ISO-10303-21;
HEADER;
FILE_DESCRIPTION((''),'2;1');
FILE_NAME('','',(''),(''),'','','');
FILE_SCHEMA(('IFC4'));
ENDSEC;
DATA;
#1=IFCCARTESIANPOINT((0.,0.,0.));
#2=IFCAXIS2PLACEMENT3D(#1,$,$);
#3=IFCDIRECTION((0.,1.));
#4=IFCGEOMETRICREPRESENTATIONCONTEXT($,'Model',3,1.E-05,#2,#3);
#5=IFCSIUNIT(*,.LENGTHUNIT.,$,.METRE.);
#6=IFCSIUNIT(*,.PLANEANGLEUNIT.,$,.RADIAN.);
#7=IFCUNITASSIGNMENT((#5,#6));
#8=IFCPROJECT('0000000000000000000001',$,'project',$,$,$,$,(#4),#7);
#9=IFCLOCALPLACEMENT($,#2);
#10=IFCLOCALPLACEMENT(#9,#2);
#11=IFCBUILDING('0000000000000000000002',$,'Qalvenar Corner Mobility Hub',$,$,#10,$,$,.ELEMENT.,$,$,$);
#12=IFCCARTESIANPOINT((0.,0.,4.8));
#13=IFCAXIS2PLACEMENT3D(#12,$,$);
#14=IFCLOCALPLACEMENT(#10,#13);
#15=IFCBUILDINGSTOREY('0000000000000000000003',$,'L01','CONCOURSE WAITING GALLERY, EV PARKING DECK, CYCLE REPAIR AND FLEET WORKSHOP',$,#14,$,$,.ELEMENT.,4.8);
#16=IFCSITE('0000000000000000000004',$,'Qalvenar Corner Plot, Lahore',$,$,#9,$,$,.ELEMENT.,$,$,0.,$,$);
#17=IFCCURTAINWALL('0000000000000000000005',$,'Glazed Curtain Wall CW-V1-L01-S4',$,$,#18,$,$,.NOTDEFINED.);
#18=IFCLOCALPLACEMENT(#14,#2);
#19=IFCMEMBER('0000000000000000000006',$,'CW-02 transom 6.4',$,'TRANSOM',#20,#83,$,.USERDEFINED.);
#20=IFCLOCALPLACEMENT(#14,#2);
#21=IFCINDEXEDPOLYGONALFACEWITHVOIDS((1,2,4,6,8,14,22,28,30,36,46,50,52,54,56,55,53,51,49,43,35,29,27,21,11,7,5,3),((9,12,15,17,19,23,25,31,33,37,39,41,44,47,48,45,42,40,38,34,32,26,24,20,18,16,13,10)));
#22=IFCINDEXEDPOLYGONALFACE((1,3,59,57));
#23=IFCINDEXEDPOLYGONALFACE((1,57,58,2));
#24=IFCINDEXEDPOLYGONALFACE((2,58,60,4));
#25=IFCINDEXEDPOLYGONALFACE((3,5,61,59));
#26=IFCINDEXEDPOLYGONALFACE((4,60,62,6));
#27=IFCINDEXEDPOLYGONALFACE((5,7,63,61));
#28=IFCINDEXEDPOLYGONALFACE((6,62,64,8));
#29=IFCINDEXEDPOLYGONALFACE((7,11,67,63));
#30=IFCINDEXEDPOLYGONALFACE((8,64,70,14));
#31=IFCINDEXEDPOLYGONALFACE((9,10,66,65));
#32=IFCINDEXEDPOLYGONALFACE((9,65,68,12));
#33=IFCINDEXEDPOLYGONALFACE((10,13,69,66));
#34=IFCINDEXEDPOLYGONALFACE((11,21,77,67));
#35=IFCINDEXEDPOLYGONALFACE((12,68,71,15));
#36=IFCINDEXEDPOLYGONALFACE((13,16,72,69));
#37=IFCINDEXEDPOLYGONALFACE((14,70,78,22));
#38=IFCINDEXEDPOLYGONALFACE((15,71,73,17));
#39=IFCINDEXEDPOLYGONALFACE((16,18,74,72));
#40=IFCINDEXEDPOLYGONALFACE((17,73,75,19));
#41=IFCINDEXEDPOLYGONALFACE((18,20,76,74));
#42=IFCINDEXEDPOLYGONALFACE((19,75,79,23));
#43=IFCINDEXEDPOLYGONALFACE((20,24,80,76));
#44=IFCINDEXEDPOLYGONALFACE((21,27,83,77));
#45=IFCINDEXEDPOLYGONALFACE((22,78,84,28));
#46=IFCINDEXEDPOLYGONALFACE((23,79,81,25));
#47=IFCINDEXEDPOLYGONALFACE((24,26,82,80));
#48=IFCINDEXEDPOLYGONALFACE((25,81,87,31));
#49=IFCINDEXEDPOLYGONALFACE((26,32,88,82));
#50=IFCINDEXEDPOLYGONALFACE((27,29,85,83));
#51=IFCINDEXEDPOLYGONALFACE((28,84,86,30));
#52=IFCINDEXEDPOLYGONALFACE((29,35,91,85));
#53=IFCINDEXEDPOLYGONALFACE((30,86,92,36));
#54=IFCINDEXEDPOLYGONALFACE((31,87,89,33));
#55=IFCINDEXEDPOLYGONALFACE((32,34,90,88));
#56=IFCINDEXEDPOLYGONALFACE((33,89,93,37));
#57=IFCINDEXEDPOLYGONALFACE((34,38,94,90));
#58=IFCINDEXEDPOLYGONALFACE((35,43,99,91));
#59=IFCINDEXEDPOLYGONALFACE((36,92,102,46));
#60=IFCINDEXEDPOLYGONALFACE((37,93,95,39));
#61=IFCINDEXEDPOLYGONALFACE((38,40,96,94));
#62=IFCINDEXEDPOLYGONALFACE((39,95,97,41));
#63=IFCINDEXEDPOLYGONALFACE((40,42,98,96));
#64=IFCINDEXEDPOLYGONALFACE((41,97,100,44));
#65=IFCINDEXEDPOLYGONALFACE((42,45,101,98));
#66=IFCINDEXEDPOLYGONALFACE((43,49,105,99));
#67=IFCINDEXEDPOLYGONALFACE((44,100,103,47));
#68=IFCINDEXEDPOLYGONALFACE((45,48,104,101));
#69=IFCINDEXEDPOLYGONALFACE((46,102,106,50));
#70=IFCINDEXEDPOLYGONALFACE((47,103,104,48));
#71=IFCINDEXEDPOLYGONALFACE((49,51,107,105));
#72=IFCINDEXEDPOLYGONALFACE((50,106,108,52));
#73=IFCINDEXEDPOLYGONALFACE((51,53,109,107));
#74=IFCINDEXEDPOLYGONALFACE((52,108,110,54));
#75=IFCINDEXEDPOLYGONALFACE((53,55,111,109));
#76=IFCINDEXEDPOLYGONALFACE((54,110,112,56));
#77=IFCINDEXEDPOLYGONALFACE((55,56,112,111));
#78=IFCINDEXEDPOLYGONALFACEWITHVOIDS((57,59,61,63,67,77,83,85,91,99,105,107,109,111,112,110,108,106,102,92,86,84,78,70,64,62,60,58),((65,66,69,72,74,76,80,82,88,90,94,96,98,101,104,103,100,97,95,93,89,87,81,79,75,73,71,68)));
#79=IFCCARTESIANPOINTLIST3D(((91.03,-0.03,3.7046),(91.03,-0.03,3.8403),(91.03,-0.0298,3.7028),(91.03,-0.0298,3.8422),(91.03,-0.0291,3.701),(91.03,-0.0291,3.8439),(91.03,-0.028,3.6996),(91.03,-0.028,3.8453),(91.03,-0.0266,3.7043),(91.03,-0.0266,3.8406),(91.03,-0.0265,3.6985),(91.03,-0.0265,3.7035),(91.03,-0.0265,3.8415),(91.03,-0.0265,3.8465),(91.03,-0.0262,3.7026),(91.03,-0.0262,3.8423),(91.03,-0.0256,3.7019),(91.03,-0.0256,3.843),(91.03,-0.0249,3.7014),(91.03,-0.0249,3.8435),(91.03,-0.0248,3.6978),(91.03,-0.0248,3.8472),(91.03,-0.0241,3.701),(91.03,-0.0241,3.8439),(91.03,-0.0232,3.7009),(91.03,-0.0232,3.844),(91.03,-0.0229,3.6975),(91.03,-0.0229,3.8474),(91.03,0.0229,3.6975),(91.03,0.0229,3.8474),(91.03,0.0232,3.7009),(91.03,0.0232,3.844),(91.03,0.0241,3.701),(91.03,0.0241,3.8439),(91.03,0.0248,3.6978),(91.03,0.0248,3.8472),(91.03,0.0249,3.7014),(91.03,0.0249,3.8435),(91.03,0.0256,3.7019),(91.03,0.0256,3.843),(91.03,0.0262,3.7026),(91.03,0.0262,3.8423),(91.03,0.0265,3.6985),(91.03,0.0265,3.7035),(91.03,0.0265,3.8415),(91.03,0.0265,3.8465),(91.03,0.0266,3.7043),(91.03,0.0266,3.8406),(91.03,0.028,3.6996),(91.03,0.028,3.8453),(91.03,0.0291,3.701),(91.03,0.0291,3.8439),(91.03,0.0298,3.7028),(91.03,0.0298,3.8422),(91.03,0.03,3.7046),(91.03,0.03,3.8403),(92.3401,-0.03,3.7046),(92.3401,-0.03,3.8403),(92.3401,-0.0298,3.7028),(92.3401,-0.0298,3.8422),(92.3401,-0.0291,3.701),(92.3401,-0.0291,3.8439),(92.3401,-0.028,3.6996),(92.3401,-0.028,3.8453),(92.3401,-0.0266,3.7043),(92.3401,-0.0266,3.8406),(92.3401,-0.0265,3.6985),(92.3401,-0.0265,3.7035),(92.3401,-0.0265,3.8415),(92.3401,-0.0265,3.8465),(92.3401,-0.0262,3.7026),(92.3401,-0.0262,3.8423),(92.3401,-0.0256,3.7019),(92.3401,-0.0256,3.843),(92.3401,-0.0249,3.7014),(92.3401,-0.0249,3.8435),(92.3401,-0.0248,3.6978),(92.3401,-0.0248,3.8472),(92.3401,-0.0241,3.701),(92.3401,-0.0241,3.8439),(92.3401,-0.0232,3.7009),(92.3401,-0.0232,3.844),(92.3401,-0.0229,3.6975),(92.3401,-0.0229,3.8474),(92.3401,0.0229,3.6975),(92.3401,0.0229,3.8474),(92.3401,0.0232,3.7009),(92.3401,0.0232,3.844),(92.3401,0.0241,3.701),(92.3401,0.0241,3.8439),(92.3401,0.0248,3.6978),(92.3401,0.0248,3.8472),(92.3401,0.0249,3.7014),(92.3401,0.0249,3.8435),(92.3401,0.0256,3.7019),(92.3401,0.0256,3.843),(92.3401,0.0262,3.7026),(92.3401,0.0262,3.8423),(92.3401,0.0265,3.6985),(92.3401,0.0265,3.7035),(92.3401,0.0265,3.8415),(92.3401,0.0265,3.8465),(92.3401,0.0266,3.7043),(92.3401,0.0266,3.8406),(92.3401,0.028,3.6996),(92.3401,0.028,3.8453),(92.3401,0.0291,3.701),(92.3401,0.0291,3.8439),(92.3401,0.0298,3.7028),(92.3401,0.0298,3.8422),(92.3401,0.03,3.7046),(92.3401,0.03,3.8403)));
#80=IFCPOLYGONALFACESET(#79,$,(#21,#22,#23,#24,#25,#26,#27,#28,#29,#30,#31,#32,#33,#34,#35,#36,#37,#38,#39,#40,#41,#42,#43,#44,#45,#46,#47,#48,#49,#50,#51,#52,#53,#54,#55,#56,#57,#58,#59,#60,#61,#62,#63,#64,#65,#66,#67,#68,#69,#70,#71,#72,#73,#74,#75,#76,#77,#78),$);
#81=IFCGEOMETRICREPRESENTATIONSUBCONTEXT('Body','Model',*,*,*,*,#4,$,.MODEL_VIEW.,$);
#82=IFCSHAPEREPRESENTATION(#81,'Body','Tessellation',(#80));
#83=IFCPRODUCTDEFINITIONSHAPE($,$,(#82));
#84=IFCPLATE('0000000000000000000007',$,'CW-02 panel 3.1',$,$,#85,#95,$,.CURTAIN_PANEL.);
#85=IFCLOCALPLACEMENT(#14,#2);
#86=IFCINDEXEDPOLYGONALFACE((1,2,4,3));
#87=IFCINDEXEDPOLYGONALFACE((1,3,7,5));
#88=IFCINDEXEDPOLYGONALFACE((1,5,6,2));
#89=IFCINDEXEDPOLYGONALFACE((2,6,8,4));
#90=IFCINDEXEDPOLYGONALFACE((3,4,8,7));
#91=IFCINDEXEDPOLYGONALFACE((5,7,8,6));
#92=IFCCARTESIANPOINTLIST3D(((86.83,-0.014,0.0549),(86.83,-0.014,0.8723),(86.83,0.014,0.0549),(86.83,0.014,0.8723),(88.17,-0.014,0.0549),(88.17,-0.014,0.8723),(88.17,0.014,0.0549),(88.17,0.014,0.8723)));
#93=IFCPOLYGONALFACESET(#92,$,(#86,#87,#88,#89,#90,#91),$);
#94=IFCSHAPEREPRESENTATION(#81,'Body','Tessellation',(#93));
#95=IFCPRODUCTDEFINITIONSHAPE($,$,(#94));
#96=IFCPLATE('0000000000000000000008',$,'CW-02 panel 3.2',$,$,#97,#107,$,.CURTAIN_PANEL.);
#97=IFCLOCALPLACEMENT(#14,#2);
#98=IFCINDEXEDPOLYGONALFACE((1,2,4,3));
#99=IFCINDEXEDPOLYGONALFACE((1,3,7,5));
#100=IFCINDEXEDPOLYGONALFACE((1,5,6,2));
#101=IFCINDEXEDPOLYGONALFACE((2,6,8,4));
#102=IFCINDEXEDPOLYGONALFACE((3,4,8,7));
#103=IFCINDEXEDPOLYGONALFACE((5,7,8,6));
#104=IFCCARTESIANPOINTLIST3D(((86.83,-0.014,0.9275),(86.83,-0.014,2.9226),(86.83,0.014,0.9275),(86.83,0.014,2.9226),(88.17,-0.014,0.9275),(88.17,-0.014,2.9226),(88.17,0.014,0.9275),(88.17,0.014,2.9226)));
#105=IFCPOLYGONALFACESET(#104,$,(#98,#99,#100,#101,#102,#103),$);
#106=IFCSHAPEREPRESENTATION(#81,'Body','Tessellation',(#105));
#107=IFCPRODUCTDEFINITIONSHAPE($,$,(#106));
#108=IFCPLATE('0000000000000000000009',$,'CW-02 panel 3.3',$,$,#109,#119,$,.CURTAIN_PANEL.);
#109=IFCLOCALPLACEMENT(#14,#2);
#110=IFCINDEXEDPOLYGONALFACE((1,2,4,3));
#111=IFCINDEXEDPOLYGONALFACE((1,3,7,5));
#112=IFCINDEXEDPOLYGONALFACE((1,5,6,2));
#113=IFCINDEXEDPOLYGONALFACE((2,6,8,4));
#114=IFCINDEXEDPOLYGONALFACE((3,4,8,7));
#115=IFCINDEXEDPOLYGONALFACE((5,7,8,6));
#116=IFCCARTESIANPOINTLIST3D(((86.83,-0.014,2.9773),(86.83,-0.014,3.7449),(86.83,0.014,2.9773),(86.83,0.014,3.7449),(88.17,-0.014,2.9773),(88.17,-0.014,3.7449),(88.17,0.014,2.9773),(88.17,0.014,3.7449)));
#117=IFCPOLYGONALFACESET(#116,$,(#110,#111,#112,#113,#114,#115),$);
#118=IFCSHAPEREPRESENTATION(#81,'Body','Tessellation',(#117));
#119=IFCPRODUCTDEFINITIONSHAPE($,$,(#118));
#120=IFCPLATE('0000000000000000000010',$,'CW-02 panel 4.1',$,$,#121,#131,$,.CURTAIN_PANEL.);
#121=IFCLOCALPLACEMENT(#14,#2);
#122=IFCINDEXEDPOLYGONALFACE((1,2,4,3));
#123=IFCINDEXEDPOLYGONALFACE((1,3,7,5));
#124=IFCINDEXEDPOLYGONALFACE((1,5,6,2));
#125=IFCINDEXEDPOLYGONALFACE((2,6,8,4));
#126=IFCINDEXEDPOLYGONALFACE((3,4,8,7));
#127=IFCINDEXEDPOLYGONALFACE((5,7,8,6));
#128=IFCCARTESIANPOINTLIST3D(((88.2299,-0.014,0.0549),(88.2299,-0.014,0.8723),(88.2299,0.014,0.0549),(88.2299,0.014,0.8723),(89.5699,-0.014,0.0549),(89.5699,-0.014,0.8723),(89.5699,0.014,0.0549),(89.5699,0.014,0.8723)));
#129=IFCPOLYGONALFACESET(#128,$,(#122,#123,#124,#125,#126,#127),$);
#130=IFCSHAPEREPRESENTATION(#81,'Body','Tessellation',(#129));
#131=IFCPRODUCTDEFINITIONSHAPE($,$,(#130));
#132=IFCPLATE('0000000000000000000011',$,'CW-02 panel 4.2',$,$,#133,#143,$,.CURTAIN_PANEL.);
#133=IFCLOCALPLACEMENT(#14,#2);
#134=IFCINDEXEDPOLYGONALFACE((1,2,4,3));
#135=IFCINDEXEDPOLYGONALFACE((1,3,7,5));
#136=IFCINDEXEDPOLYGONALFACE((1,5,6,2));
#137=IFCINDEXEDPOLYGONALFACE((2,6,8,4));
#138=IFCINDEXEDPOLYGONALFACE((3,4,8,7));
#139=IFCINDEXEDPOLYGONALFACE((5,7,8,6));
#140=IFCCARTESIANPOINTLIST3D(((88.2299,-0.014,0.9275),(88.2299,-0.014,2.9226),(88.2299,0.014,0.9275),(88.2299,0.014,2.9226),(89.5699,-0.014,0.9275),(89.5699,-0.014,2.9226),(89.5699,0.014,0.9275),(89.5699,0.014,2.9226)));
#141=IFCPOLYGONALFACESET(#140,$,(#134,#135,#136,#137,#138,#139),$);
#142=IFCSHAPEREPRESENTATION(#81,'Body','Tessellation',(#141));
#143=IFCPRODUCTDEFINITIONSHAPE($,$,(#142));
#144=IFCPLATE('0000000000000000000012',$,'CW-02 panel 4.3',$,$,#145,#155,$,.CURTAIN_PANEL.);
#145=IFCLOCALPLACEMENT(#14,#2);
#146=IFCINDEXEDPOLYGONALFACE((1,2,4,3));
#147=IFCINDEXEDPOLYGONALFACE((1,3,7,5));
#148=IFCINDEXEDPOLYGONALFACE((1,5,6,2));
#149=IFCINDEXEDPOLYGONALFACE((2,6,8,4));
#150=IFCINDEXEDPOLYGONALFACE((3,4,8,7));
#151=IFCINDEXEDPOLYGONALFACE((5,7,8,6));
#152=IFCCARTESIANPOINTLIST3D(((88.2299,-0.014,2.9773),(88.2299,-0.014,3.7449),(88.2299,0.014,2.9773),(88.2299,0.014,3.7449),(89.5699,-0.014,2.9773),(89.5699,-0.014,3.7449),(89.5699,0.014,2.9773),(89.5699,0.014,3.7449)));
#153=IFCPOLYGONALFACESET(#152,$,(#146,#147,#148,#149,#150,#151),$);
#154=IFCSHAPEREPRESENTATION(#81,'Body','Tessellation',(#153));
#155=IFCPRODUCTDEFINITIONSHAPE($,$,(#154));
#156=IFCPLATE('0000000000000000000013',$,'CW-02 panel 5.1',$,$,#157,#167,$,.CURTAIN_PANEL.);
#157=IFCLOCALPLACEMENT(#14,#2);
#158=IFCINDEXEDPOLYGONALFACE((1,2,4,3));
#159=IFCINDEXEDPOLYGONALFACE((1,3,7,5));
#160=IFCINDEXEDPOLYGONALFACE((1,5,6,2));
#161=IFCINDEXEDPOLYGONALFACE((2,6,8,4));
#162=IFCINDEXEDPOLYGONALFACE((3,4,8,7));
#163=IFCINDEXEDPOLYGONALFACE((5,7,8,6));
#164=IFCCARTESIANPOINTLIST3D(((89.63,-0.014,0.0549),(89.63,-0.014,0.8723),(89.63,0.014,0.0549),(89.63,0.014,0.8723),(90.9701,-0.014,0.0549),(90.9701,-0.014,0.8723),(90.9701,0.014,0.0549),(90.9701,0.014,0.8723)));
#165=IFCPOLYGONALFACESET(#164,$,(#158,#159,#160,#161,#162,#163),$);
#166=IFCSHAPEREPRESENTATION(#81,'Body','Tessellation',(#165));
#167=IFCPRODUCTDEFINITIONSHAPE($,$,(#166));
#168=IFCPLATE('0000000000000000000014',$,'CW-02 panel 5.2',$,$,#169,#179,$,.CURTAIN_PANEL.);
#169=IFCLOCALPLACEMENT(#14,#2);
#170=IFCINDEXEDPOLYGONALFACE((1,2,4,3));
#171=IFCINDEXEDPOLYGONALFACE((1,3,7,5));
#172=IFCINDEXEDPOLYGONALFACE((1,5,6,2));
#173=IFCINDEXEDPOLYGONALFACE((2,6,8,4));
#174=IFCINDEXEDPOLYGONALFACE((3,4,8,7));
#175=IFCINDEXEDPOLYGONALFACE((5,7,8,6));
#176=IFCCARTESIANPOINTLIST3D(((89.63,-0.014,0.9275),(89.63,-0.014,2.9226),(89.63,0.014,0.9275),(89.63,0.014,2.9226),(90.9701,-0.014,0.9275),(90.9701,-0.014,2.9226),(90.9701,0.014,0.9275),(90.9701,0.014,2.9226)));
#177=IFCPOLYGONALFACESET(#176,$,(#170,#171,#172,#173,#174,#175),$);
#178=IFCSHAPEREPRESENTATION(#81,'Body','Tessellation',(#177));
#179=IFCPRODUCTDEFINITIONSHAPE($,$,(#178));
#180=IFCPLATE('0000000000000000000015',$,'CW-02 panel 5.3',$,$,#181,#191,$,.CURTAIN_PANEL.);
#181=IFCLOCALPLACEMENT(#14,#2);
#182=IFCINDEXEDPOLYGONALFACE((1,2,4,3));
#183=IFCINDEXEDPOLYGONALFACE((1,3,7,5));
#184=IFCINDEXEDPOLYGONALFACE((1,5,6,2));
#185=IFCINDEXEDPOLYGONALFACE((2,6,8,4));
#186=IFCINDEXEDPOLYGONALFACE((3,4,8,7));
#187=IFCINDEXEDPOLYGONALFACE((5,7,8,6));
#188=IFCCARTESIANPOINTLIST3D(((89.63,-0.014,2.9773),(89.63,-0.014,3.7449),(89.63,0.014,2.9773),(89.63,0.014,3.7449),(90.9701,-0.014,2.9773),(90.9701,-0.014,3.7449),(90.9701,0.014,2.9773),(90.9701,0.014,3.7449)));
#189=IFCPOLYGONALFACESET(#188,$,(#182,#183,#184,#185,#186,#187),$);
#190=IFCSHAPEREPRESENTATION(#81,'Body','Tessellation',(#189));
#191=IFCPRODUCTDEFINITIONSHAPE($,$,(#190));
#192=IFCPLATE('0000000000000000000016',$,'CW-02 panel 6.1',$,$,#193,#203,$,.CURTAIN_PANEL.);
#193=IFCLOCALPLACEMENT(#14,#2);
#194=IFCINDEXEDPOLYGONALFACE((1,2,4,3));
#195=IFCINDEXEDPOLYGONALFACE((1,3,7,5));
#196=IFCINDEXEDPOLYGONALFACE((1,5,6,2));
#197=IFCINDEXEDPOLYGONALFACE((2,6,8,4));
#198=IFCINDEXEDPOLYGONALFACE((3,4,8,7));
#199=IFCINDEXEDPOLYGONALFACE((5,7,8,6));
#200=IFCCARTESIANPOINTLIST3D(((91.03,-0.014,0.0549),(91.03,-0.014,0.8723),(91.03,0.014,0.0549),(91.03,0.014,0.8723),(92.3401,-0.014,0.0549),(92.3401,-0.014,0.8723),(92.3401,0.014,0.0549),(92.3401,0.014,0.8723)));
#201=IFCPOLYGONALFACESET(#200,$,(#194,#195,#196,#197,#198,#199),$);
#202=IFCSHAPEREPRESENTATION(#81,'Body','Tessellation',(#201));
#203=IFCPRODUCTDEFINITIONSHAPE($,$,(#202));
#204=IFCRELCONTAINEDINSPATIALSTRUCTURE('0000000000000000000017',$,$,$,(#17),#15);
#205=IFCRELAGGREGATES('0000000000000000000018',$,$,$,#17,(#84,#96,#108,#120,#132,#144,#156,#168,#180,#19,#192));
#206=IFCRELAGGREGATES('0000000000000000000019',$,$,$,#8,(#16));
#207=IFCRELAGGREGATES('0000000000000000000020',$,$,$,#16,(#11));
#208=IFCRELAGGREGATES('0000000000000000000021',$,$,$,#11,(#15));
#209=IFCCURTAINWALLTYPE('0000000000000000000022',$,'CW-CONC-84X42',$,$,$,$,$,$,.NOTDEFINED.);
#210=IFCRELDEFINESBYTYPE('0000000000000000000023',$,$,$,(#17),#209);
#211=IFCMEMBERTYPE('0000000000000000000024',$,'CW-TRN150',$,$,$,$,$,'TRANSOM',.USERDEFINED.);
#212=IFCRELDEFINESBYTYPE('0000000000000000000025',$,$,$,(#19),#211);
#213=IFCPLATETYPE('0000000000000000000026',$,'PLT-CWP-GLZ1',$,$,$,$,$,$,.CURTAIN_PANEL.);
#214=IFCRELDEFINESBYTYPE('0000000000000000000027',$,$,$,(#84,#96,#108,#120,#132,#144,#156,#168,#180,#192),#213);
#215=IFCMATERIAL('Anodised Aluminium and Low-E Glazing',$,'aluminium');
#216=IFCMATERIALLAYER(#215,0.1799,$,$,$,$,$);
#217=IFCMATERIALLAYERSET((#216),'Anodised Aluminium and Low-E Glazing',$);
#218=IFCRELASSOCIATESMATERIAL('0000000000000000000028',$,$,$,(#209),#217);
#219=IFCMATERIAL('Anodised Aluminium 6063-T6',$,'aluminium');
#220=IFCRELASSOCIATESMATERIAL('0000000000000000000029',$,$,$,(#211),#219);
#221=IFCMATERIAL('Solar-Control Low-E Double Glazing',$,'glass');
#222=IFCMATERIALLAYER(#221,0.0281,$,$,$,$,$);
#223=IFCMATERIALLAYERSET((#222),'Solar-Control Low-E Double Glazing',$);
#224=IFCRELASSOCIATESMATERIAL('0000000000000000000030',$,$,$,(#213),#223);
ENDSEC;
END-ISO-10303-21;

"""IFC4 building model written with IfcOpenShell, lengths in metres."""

from ifc_helpers import new_model, si_unit, direction, frame, origin, origin_2d, place, context, subcontext, project, spatial, rectangle, hollow_rectangle, extrude, material, layer, layer_set, material_profile, profile_set, type_object, element, aggregate, save


model = new_model("IFC4")

# Units and contexts
model_context = context("Model", 3, precision=1e-05, world=origin(), true_north=direction((0.0, 1.0)))
body_context = subcontext(model_context, "Body", "Model", "MODEL_VIEW")
ifc_project = project(units=[si_unit("LENGTHUNIT", "METRE"), si_unit("PLANEANGLEUNIT", "RADIAN")], contexts=[model_context])

# Site, building, storey
site_placement = place(None, origin())
site = spatial("IfcSite", under=ifc_project, at=site_placement, Name="Qalvenar Corner Plot, Lahore", CompositionType="ELEMENT", RefElevation=0.0)
building_placement = place(site_placement, origin())
building = spatial("IfcBuilding", under=site, at=building_placement, Name="Qalvenar Corner Mobility Hub", CompositionType="ELEMENT")
storey_placement = place(building_placement, frame((0.0, 0.0, 4.8)))
storey = spatial("IfcBuildingStorey", under=building, at=storey_placement, Name="L01", Description="CONCOURSE WAITING GALLERY, EV PARKING DECK, CYCLE REPAIR AND FLEET WORKSHOP", CompositionType="ELEMENT", Elevation=4.8)

# Curtain wall, member, plates
ifc_material_1 = material(Name="Anodised Aluminium and Low-E Glazing", Category="aluminium")
ifc_layer_1 = layer(ifc_material_1, 0.1799)
ifc_layer_set_1 = layer_set([ifc_layer_1], Name="Anodised Aluminium and Low-E Glazing")
curtain_wall_type = type_object("IfcCurtainWallType", Name="CW-CONC-84X42", PredefinedType="NOTDEFINED", material=ifc_layer_set_1)
curtain_wall_placement = place(storey_placement, origin())
curtain_wall = element("IfcCurtainWall", 1, at=curtain_wall_placement, inside=storey, type_object=curtain_wall_type, Name="Glazed Curtain Wall CW-V1-L01-S4", PredefinedType="NOTDEFINED")
ifc_material_2 = material(Name="Anodised Aluminium 6063-T6", Category="aluminium")
ifc_material_profile_1 = material_profile(ifc_material_2, hollow_rectangle(XDim=0.0601, YDim=0.1499, WallThickness=0.0034, InnerFilletRadius=0.0034, OuterFilletRadius=0.0071, at=origin_2d()), Name="RHS150x60x3.5")
ifc_profile_set_1 = profile_set([ifc_material_profile_1], Name="Anodised Aluminium 6063-T6")
member_type_1 = type_object("IfcMemberType", Name="CW-TRN150", ElementType="TRANSOM", PredefinedType="USERDEFINED", material=ifc_profile_set_1)
member_1_placement = place(storey_placement, frame((91.03, 0.0, 3.7725), z_axis=(1.0, 0.0, 0.0), x_axis=(0.0, 1.0, 0.0)))
member_1 = element("IfcMember", 2, at=member_1_placement, type_object=member_type_1, Name="CW-02 transom 6.4", ObjectType="TRANSOM", PredefinedType="USERDEFINED", context=body_context, shape_type="SweptSolid", body=[
    extrude(hollow_rectangle(XDim=0.0601, YDim=0.1499, WallThickness=0.0034, InnerFilletRadius=0.0034, OuterFilletRadius=0.0071, at=origin_2d()), origin(), (0.0, 0.0, 1.0), 1.3101),
])
ifc_material_3 = material(Name="Solar-Control Low-E Double Glazing", Category="glass")
ifc_layer_2 = layer(ifc_material_3, 0.0281)
ifc_layer_set_2 = layer_set([ifc_layer_2], Name="Solar-Control Low-E Double Glazing")
plate_type = type_object("IfcPlateType", Name="PLT-CWP-GLZ1", PredefinedType="CURTAIN_PANEL", material=ifc_layer_set_2)
plate_1_placement = place(storey_placement, frame((87.5, 0.0, 0.0549), z_axis=(0.0, 0.0, 1.0), x_axis=(1.0, 0.0, 0.0)))
plate_1 = element("IfcPlate", 3, at=plate_1_placement, type_object=plate_type, Name="CW-02 panel 3.1", PredefinedType="CURTAIN_PANEL", context=body_context, shape_type="SweptSolid", body=[
    extrude(rectangle(XDim=1.3401, YDim=0.0281, at=origin_2d()), origin(), (0.0, 0.0, 1.0), 0.8174),
])
plate_2_placement = place(storey_placement, frame((87.5, 0.0, 0.9275), z_axis=(0.0, 0.0, 1.0), x_axis=(1.0, 0.0, 0.0)))
plate_2 = element("IfcPlate", 4, at=plate_2_placement, type_object=plate_type, Name="CW-02 panel 3.2", PredefinedType="CURTAIN_PANEL", context=body_context, shape_type="SweptSolid", body=[
    extrude(rectangle(XDim=1.3401, YDim=0.0281, at=origin_2d()), origin(), (0.0, 0.0, 1.0), 1.9951),
])
plate_3_placement = place(storey_placement, frame((87.5, 0.0, 2.9773), z_axis=(0.0, 0.0, 1.0), x_axis=(1.0, 0.0, 0.0)))
plate_3 = element("IfcPlate", 5, at=plate_3_placement, type_object=plate_type, Name="CW-02 panel 3.3", PredefinedType="CURTAIN_PANEL", context=body_context, shape_type="SweptSolid", body=[
    extrude(rectangle(XDim=1.3401, YDim=0.0281, at=origin_2d()), origin(), (0.0, 0.0, 1.0), 0.7676),
])
plate_4_placement = place(storey_placement, frame((88.8999, 0.0, 0.0549), z_axis=(0.0, 0.0, 1.0), x_axis=(1.0, 0.0, 0.0)))
plate_4 = element("IfcPlate", 6, at=plate_4_placement, type_object=plate_type, Name="CW-02 panel 4.1", PredefinedType="CURTAIN_PANEL", context=body_context, shape_type="SweptSolid", body=[
    extrude(rectangle(XDim=1.3401, YDim=0.0281, at=origin_2d()), origin(), (0.0, 0.0, 1.0), 0.8174),
])
plate_5_placement = place(storey_placement, frame((88.8999, 0.0, 0.9275), z_axis=(0.0, 0.0, 1.0), x_axis=(1.0, 0.0, 0.0)))
plate_5 = element("IfcPlate", 7, at=plate_5_placement, type_object=plate_type, Name="CW-02 panel 4.2", PredefinedType="CURTAIN_PANEL", context=body_context, shape_type="SweptSolid", body=[
    extrude(rectangle(XDim=1.3401, YDim=0.0281, at=origin_2d()), origin(), (0.0, 0.0, 1.0), 1.9951),
])
plate_6_placement = place(storey_placement, frame((88.8999, 0.0, 2.9773), z_axis=(0.0, 0.0, 1.0), x_axis=(1.0, 0.0, 0.0)))
plate_6 = element("IfcPlate", 8, at=plate_6_placement, type_object=plate_type, Name="CW-02 panel 4.3", PredefinedType="CURTAIN_PANEL", context=body_context, shape_type="SweptSolid", body=[
    extrude(rectangle(XDim=1.3401, YDim=0.0281, at=origin_2d()), origin(), (0.0, 0.0, 1.0), 0.7676),
])
plate_7_placement = place(storey_placement, frame((90.3, 0.0, 0.0549), z_axis=(0.0, 0.0, 1.0), x_axis=(1.0, 0.0, 0.0)))
plate_7 = element("IfcPlate", 9, at=plate_7_placement, type_object=plate_type, Name="CW-02 panel 5.1", PredefinedType="CURTAIN_PANEL", context=body_context, shape_type="SweptSolid", body=[
    extrude(rectangle(XDim=1.3401, YDim=0.0281, at=origin_2d()), origin(), (0.0, 0.0, 1.0), 0.8174),
])
plate_8_placement = place(storey_placement, frame((90.3, 0.0, 0.9275), z_axis=(0.0, 0.0, 1.0), x_axis=(1.0, 0.0, 0.0)))
plate_8 = element("IfcPlate", 10, at=plate_8_placement, type_object=plate_type, Name="CW-02 panel 5.2", PredefinedType="CURTAIN_PANEL", context=body_context, shape_type="SweptSolid", body=[
    extrude(rectangle(XDim=1.3401, YDim=0.0281, at=origin_2d()), origin(), (0.0, 0.0, 1.0), 1.9951),
])
plate_9_placement = place(storey_placement, frame((90.3, 0.0, 2.9773), z_axis=(0.0, 0.0, 1.0), x_axis=(1.0, 0.0, 0.0)))
plate_9 = element("IfcPlate", 11, at=plate_9_placement, type_object=plate_type, Name="CW-02 panel 5.3", PredefinedType="CURTAIN_PANEL", context=body_context, shape_type="SweptSolid", body=[
    extrude(rectangle(XDim=1.3401, YDim=0.0281, at=origin_2d()), origin(), (0.0, 0.0, 1.0), 0.7676),
])
plate_10_placement = place(storey_placement, frame((91.6851, 0.0, 0.0549), z_axis=(0.0, 0.0, 1.0), x_axis=(1.0, 0.0, 0.0)))
plate_10 = element("IfcPlate", 12, at=plate_10_placement, type_object=plate_type, Name="CW-02 panel 6.1", PredefinedType="CURTAIN_PANEL", context=body_context, shape_type="SweptSolid", body=[
    extrude(rectangle(XDim=1.3101, YDim=0.0281, at=origin_2d()), origin(), (0.0, 0.0, 1.0), 0.8174),
])
aggregate(curtain_wall, [plate_1, plate_2, plate_3, plate_4, plate_5, plate_6, plate_7, plate_8, plate_9, member_1, plate_10])

save(model, "model.ifc")
